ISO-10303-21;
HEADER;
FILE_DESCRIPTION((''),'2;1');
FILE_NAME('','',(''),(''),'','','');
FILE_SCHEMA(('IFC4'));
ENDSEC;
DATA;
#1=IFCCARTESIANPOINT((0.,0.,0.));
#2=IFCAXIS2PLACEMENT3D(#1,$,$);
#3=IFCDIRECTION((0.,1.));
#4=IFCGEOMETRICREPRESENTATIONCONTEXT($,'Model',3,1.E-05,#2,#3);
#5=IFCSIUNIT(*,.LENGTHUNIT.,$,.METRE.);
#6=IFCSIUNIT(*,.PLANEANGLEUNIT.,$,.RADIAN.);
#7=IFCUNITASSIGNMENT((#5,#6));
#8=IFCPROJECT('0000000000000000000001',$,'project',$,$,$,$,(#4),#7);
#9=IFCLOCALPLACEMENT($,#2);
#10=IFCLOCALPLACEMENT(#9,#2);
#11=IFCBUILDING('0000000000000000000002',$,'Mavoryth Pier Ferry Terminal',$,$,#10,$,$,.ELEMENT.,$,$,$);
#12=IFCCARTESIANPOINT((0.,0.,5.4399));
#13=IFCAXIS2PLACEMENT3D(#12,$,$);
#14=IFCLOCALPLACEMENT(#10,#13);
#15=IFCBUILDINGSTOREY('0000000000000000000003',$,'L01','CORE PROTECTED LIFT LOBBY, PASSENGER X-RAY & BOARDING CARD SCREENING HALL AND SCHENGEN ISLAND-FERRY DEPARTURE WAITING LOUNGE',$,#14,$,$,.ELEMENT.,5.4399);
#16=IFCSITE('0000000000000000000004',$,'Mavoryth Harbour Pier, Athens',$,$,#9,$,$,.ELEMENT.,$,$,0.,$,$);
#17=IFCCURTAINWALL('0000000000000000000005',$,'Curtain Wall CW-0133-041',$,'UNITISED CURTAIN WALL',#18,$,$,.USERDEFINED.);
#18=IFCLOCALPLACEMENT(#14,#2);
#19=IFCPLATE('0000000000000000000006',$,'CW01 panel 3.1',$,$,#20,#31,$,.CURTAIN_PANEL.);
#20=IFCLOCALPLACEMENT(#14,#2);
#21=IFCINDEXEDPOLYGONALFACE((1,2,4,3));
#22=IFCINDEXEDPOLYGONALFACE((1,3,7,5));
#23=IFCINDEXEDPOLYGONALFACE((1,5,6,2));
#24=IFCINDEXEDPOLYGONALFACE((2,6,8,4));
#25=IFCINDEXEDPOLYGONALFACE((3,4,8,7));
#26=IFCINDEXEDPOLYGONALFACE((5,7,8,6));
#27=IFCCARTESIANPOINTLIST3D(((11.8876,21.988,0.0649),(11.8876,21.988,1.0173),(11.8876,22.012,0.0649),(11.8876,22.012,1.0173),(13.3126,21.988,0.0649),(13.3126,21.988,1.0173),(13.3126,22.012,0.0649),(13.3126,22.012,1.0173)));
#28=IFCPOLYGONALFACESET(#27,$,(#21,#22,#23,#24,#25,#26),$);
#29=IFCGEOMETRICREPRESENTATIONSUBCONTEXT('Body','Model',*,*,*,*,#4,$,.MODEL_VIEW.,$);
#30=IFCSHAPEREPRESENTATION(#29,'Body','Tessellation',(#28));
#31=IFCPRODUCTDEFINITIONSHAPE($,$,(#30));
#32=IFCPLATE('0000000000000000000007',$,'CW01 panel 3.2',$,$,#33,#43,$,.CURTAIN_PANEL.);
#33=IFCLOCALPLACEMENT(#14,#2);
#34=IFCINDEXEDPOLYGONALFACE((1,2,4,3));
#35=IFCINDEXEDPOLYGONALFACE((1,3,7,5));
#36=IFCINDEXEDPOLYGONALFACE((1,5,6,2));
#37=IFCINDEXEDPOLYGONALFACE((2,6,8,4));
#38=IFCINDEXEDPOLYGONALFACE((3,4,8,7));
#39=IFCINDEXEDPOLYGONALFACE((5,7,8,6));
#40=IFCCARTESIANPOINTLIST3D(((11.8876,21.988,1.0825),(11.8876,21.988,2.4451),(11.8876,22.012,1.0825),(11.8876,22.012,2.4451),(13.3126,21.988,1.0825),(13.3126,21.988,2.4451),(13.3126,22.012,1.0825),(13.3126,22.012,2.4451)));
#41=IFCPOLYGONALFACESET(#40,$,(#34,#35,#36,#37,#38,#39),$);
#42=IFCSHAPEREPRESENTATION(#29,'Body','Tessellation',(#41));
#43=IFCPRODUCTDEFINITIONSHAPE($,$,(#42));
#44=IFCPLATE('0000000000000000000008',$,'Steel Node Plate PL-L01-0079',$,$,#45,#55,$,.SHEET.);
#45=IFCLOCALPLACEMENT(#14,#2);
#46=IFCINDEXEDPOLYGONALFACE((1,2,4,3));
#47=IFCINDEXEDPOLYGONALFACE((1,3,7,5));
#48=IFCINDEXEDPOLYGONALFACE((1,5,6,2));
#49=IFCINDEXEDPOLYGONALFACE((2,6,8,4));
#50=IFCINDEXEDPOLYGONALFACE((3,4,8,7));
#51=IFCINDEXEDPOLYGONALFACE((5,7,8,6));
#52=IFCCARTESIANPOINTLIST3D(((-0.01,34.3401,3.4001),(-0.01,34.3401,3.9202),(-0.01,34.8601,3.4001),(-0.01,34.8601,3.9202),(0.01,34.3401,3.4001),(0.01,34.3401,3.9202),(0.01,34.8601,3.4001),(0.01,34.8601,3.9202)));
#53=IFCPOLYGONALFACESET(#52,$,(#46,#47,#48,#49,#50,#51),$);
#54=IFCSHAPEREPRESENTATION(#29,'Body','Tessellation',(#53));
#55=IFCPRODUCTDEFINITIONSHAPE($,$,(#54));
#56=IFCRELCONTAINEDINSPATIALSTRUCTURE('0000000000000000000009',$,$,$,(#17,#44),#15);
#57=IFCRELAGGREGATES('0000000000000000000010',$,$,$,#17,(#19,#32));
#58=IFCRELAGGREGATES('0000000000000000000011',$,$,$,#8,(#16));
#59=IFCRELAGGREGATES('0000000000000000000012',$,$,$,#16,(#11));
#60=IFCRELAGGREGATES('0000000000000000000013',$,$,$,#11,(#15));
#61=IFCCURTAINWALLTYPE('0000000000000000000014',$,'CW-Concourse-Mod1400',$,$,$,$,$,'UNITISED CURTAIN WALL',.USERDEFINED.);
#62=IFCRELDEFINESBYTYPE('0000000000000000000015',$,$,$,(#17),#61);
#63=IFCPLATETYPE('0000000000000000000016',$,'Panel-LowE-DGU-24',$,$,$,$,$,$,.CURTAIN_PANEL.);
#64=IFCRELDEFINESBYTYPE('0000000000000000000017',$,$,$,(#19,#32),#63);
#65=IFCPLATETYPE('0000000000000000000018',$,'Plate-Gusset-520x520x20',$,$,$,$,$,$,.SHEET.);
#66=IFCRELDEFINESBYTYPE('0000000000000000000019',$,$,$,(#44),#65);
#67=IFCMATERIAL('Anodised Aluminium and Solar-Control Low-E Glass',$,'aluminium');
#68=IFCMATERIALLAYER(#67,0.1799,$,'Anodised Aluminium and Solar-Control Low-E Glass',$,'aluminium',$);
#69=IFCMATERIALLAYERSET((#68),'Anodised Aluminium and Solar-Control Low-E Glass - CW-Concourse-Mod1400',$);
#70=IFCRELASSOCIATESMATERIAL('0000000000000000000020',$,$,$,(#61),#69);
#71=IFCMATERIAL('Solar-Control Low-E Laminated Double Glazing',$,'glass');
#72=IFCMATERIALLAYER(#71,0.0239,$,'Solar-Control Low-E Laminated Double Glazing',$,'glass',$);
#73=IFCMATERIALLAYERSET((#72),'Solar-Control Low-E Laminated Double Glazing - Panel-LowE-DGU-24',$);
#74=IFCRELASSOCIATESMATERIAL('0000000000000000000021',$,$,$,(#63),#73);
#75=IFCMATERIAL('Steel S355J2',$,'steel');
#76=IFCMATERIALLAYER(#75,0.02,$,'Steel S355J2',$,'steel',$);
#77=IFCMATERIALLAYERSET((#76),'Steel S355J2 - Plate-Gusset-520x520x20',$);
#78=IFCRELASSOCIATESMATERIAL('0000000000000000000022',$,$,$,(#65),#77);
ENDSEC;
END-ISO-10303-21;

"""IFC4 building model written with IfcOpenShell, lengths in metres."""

from ifc_helpers import new_model, si_unit, direction, frame, origin, origin_2d, place, context, subcontext, project, spatial, rectangle, extrude, material, layer, layer_set, type_object, element, aggregate, save


model = new_model("IFC4")

# Units and contexts
model_context = context("Model", 3, precision=1e-05, world=origin(), true_north=direction((0.0, 1.0)))
body_context = subcontext(model_context, "Body", "Model", "MODEL_VIEW")
ifc_project = project(units=[si_unit("LENGTHUNIT", "METRE"), si_unit("PLANEANGLEUNIT", "RADIAN")], contexts=[model_context])

# Site, building, storey
site_placement = place(None, origin())
site = spatial("IfcSite", under=ifc_project, at=site_placement, Name="Mavoryth Harbour Pier, Athens", CompositionType="ELEMENT", RefElevation=0.0)
building_placement = place(site_placement, origin())
building = spatial("IfcBuilding", under=site, at=building_placement, Name="Mavoryth Pier Ferry Terminal", CompositionType="ELEMENT")
storey_placement = place(building_placement, frame((0.0, 0.0, 5.4399)))
storey = spatial("IfcBuildingStorey", under=building, at=storey_placement, Name="L01", Description="CORE PROTECTED LIFT LOBBY, PASSENGER X-RAY & BOARDING CARD SCREENING HALL AND SCHENGEN ISLAND-FERRY DEPARTURE WAITING LOUNGE", CompositionType="ELEMENT", Elevation=5.4399)

# Shared definitions
ifc_material_1 = material(Name="Steel S355J2", Category="steel")

# Curtain wall
ifc_material_2 = material(Name="Anodised Aluminium and Solar-Control Low-E Glass", Category="aluminium")
ifc_layer_1 = layer(ifc_material_2, 0.1799, Name="Anodised Aluminium and Solar-Control Low-E Glass", Category="aluminium")
ifc_layer_set_1 = layer_set([ifc_layer_1], Name="Anodised Aluminium and Solar-Control Low-E Glass - CW-Concourse-Mod1400")
curtain_wall_type = type_object("IfcCurtainWallType", Name="CW-Concourse-Mod1400", ElementType="UNITISED CURTAIN WALL", PredefinedType="USERDEFINED", material=ifc_layer_set_1)
curtain_wall_1_placement = place(storey_placement, origin())
curtain_wall_1 = element("IfcCurtainWall", 1, at=curtain_wall_1_placement, inside=storey, type_object=curtain_wall_type, Name="Curtain Wall CW-0133-041", ObjectType="UNITISED CURTAIN WALL", PredefinedType="USERDEFINED")

# Plates
ifc_material_3 = material(Name="Solar-Control Low-E Laminated Double Glazing", Category="glass")
ifc_layer_2 = layer(ifc_material_3, 0.0239, Name="Solar-Control Low-E Laminated Double Glazing", Category="glass")
ifc_layer_set_2 = layer_set([ifc_layer_2], Name="Solar-Control Low-E Laminated Double Glazing - Panel-LowE-DGU-24")
plate_type_1 = type_object("IfcPlateType", Name="Panel-LowE-DGU-24", PredefinedType="CURTAIN_PANEL", material=ifc_layer_set_2)
plate_1_placement = place(storey_placement, frame((12.6001, 22.0, 0.0649), z_axis=(0.0, 0.0, 1.0), x_axis=(1.0, 0.0, 0.0)))
plate_1 = element("IfcPlate", 2, at=plate_1_placement, type_object=plate_type_1, Name="CW01 panel 3.1", PredefinedType="CURTAIN_PANEL", context=body_context, shape_type="SweptSolid", body=[
    extrude(rectangle(XDim=1.425, YDim=0.0239, at=origin_2d()), origin(), (0.0, 0.0, 1.0), 0.9524),
])
plate_2_placement = place(storey_placement, frame((12.6001, 22.0, 1.0825), z_axis=(0.0, 0.0, 1.0), x_axis=(1.0, 0.0, 0.0)))
plate_2 = element("IfcPlate", 3, at=plate_2_placement, type_object=plate_type_1, Name="CW01 panel 3.2", PredefinedType="CURTAIN_PANEL", context=body_context, shape_type="SweptSolid", body=[
    extrude(rectangle(XDim=1.425, YDim=0.0239, at=origin_2d()), origin(), (0.0, 0.0, 1.0), 1.3625),
])
aggregate(curtain_wall_1, [plate_1, plate_2])
ifc_layer_3 = layer(ifc_material_1, 0.02, Name="Steel S355J2", Category="steel")
ifc_layer_set_3 = layer_set([ifc_layer_3], Name="Steel S355J2 - Plate-Gusset-520x520x20")
plate_type_2 = type_object("IfcPlateType", Name="Plate-Gusset-520x520x20", PredefinedType="SHEET", material=ifc_layer_set_3)
plate_3_placement = place(storey_placement, frame((0.0, 34.6001, 3.4001), z_axis=(0.0, 0.0, 1.0), x_axis=(0.0, 1.0, 0.0)))
element("IfcPlate", 4, at=plate_3_placement, inside=storey, type_object=plate_type_2, Name="Steel Node Plate PL-L01-0079", PredefinedType="SHEET", context=body_context, shape_type="SweptSolid", body=[
    extrude(rectangle(XDim=0.52, YDim=0.02, at=origin_2d()), origin(), (0.0, 0.0, 1.0), 0.52),
])

save(model, "model.ifc")
